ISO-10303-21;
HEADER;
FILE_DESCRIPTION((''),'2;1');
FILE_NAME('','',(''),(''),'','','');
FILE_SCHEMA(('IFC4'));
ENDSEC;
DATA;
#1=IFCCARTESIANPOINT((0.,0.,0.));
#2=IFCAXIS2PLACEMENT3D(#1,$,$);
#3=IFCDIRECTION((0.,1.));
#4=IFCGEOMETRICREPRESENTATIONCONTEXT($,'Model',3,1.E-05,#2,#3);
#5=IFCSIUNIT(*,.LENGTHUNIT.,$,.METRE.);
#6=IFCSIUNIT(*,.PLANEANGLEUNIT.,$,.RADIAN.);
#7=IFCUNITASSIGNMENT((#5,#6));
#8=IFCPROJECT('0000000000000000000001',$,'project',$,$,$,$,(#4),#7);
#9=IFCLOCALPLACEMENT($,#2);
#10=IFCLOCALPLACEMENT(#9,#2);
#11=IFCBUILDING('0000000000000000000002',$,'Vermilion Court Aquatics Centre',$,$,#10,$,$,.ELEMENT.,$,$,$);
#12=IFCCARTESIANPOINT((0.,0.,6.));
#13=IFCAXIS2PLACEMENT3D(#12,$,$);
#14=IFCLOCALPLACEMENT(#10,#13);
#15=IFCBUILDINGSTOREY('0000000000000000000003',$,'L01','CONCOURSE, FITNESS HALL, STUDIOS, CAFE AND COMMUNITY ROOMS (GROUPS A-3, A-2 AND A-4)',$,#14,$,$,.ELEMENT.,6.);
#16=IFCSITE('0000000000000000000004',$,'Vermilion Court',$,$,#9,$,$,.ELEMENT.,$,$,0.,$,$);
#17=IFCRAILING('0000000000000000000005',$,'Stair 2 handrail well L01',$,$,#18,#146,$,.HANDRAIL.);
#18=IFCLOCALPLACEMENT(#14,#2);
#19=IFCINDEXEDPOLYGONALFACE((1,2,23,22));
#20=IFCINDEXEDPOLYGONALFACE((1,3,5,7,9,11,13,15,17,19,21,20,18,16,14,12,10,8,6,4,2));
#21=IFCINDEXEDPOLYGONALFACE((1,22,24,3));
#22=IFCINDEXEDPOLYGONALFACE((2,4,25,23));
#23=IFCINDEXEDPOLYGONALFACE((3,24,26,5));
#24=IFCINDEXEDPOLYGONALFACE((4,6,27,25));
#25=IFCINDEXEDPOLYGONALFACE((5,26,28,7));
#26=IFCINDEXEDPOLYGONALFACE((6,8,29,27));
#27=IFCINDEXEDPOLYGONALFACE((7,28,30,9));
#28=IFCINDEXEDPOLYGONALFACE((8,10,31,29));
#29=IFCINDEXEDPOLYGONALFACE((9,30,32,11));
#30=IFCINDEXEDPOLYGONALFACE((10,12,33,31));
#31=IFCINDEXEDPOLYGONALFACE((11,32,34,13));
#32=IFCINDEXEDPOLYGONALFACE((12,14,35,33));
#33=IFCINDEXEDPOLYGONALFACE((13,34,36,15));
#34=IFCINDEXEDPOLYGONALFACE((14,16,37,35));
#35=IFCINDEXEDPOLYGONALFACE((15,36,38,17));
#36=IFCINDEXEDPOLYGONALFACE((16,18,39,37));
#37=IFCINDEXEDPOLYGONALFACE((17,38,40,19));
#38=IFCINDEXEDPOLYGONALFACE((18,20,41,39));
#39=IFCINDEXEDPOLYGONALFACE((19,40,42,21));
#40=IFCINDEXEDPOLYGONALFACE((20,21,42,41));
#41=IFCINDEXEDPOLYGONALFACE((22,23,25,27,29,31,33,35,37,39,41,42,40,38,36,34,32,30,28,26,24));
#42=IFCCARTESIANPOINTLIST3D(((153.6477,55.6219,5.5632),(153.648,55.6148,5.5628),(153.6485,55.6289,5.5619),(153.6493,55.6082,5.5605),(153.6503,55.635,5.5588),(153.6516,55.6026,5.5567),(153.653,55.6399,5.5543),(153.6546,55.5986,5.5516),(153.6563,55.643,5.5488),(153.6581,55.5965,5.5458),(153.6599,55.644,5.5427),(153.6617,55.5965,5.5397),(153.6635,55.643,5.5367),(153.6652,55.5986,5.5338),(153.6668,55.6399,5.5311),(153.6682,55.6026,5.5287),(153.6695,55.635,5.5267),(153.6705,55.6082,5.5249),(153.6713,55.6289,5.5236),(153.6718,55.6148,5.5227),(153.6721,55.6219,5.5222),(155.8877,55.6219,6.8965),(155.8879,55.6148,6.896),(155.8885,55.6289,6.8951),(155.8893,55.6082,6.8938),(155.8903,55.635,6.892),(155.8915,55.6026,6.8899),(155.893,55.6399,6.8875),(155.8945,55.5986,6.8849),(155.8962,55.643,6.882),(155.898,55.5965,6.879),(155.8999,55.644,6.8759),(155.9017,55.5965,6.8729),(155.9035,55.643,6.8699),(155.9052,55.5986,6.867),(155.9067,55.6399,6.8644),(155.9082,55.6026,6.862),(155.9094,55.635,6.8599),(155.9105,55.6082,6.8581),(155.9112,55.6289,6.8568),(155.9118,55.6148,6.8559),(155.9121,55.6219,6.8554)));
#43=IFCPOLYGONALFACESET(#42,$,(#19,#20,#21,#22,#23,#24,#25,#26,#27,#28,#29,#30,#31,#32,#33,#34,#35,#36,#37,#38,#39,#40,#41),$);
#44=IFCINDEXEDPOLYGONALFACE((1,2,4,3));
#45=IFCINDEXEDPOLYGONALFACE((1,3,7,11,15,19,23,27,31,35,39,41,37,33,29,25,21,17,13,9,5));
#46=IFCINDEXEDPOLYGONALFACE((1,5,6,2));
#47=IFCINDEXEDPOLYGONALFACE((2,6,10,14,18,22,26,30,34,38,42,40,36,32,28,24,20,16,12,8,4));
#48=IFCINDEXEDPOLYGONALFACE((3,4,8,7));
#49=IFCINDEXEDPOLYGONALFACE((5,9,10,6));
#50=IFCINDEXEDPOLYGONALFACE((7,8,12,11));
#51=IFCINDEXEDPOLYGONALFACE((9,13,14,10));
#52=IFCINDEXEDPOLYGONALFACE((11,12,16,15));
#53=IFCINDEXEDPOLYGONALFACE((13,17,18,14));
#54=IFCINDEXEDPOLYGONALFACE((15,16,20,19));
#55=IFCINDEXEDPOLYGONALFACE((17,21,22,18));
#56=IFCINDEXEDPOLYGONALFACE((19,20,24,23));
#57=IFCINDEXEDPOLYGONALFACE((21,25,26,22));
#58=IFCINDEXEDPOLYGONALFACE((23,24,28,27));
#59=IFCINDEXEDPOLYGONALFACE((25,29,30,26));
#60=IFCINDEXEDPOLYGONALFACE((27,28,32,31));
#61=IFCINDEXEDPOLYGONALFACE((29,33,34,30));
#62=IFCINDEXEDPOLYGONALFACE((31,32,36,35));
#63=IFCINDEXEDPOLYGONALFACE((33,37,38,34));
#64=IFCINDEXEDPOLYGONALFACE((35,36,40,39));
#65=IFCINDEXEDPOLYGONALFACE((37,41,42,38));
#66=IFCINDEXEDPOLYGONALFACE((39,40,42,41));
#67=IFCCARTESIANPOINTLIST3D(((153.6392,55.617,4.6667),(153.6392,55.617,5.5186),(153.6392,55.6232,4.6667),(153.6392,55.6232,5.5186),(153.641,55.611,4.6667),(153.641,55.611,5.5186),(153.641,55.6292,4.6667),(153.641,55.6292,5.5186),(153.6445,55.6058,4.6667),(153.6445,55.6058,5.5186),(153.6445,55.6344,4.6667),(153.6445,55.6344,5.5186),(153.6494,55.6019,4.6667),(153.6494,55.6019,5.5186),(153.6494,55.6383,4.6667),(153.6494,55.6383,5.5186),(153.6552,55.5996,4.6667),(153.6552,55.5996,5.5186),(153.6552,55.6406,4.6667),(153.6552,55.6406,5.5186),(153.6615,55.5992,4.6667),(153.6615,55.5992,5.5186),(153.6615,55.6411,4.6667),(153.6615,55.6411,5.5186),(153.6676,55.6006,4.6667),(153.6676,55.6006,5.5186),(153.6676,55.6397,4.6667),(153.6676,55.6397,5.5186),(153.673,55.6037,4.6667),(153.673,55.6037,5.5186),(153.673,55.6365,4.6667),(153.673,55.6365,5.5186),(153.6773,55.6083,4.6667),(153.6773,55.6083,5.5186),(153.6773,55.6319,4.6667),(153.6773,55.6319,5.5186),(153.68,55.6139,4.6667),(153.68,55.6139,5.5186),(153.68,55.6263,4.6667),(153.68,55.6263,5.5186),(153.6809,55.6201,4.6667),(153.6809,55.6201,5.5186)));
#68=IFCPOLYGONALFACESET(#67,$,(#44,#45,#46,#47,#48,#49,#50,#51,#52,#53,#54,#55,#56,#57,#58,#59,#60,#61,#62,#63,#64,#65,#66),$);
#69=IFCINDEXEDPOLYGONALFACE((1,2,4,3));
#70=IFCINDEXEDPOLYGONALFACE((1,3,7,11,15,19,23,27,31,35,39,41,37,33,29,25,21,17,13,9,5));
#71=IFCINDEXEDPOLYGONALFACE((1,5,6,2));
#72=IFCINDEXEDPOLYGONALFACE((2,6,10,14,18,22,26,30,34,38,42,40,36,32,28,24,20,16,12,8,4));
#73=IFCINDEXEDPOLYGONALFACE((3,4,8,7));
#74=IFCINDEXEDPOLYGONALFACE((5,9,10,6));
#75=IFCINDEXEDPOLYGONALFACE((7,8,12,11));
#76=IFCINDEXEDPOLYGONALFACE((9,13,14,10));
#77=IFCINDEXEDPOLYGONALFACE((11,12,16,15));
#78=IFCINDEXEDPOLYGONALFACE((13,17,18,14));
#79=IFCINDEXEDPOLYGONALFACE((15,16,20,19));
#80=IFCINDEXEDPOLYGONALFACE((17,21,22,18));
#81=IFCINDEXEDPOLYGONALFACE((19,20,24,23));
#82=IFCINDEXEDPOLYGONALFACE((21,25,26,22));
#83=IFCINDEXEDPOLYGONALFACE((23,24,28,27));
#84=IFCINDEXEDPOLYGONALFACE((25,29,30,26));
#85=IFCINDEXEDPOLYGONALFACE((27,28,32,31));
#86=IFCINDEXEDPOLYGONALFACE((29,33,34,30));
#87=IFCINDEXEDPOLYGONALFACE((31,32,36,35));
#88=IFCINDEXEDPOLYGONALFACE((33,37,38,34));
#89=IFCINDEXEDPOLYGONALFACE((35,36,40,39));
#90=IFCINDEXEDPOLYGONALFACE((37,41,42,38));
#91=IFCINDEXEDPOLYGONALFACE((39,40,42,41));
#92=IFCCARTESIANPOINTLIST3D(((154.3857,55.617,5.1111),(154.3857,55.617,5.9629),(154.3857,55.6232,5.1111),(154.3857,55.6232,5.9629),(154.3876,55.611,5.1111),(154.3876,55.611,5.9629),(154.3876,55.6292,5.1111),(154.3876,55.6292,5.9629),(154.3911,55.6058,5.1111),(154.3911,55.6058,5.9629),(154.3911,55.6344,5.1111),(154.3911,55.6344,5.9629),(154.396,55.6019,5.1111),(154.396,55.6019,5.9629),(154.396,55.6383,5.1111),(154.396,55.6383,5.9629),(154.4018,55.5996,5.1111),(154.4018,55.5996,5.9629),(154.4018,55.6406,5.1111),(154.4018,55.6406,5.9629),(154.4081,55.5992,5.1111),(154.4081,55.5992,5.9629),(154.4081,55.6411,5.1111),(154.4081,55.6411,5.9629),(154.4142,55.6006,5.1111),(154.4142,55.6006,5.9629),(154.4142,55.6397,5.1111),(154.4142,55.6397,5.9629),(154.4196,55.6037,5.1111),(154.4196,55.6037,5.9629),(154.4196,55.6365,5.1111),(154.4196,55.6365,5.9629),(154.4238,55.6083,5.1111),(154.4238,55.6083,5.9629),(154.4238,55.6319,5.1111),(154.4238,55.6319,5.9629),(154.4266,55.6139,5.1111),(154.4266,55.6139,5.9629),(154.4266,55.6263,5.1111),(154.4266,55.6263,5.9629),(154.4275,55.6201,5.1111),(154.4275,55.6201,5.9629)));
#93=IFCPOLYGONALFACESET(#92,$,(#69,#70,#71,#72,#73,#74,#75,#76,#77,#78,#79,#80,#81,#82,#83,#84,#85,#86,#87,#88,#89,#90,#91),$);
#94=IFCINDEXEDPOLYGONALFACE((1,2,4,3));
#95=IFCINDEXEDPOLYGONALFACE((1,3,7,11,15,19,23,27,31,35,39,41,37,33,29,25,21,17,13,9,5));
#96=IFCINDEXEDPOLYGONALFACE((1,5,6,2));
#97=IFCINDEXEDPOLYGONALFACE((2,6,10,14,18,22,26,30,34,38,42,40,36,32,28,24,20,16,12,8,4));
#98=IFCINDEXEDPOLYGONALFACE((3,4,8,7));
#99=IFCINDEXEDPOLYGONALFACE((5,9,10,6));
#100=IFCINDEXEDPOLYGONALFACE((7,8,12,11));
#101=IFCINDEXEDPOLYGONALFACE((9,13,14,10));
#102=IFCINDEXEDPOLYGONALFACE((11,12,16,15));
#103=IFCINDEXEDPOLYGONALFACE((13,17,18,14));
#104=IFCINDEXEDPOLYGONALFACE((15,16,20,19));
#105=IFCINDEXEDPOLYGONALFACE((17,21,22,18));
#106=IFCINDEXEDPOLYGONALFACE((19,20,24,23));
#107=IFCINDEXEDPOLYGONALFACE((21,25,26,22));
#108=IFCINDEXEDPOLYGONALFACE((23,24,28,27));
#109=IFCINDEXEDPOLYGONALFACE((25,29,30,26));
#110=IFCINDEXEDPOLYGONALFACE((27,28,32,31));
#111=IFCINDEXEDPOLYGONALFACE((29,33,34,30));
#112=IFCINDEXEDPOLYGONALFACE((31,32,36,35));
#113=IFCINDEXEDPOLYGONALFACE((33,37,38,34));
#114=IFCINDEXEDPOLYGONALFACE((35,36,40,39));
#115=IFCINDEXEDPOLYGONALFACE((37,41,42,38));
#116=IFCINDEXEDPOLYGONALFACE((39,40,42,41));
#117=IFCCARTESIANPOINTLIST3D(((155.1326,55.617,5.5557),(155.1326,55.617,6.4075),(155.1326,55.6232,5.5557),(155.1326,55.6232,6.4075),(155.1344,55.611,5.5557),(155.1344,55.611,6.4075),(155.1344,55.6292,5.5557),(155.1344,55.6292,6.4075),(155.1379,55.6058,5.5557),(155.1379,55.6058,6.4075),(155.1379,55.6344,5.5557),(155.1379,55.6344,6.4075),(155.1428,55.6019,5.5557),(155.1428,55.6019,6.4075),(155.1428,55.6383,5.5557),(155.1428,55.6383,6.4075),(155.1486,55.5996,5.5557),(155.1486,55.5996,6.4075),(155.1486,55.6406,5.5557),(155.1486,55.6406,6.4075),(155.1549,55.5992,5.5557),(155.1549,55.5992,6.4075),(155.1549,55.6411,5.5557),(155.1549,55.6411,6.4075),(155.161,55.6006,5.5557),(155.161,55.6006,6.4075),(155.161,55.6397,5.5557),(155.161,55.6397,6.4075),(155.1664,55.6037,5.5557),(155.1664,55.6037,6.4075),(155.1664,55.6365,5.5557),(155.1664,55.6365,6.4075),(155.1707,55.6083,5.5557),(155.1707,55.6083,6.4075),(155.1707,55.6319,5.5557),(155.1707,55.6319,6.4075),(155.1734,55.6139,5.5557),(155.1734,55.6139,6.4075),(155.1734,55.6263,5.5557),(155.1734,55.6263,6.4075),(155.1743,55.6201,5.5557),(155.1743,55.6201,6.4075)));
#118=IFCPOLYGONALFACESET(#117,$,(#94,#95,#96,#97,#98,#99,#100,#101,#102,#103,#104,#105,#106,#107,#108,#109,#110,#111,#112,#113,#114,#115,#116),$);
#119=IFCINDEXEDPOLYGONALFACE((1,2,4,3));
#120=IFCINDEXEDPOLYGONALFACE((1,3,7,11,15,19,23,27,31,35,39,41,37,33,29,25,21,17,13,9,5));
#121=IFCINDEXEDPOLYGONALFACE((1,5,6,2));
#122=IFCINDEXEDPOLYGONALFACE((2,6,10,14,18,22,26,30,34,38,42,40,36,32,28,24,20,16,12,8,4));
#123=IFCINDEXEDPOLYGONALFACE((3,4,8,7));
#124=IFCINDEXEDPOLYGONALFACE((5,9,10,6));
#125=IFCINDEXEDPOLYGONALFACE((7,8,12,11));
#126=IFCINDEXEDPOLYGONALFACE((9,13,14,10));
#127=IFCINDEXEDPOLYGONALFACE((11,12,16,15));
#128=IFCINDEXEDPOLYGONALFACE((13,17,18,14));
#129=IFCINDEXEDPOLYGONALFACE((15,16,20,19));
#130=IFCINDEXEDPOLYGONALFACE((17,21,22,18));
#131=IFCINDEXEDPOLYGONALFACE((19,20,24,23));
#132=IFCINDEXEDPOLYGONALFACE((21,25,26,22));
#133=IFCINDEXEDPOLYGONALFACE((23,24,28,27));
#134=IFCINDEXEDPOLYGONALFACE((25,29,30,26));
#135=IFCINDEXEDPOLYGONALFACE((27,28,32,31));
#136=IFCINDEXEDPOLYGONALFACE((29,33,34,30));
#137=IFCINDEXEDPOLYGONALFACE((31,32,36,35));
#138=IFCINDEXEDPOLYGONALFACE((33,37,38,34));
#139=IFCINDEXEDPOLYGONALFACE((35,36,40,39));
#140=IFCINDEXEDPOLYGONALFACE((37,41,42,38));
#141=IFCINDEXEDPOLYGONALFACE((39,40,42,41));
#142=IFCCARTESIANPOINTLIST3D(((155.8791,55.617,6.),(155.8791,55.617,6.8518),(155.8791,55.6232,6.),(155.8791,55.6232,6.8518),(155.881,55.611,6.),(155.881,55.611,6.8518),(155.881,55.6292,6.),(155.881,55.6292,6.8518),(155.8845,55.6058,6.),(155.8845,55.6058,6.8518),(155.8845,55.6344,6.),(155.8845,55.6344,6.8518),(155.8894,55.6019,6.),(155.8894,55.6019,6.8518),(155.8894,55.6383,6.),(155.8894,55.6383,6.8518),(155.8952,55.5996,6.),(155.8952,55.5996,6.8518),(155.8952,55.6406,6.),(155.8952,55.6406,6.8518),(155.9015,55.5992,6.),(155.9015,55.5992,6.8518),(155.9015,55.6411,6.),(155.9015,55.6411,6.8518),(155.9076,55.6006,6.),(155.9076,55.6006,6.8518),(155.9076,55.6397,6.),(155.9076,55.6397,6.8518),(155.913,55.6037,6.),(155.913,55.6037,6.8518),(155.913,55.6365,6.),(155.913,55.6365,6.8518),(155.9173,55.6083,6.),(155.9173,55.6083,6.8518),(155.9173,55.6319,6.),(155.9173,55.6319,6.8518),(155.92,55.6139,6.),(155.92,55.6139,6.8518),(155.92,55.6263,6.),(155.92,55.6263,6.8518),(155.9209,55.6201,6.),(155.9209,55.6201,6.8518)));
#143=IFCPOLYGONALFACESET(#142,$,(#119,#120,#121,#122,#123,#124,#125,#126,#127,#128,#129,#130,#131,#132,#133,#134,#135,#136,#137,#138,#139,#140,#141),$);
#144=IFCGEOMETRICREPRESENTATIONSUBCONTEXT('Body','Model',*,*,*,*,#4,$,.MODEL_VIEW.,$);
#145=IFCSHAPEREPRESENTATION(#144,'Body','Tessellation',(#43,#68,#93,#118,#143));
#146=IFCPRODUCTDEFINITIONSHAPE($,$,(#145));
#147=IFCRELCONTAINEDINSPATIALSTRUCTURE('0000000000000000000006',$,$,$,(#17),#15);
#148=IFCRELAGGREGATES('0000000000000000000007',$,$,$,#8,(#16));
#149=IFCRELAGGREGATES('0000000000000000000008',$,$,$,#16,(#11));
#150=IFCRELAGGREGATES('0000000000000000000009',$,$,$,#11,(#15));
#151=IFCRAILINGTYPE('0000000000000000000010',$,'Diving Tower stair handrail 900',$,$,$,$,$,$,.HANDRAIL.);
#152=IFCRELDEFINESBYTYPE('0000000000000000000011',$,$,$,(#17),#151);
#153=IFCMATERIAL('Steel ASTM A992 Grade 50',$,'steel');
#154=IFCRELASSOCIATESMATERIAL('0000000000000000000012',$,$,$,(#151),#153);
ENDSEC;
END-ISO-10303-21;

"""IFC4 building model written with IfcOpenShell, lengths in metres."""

from ifc_helpers import new_model, si_unit, direction, frame, origin, origin_2d, place, context, subcontext, project, spatial, circle, extrude, material, type_object, element, save


model = new_model("IFC4")

# Units and contexts
model_context = context("Model", 3, precision=1e-05, world=origin(), true_north=direction((0.0, 1.0)))
body_context = subcontext(model_context, "Body", "Model", "MODEL_VIEW")
ifc_project = project(units=[si_unit("LENGTHUNIT", "METRE"), si_unit("PLANEANGLEUNIT", "RADIAN")], contexts=[model_context])

# Site, building, storey
site_placement = place(None, origin())
site = spatial("IfcSite", under=ifc_project, at=site_placement, Name="Vermilion Court", CompositionType="ELEMENT", RefElevation=0.0)
building_placement = place(site_placement, origin())
building = spatial("IfcBuilding", under=site, at=building_placement, Name="Vermilion Court Aquatics Centre", CompositionType="ELEMENT")
storey_placement = place(building_placement, frame((0.0, 0.0, 6.0)))
storey = spatial("IfcBuildingStorey", under=building, at=storey_placement, Name="L01", Description="CONCOURSE, FITNESS HALL, STUDIOS, CAFE AND COMMUNITY ROOMS (GROUPS A-3, A-2 AND A-4)", CompositionType="ELEMENT", Elevation=6.0)

# Railing
ifc_material_1 = material(Name="Steel ASTM A992 Grade 50", Category="steel")
railing_type = type_object("IfcRailingType", Name="Diving Tower stair handrail 900", PredefinedType="HANDRAIL", material=ifc_material_1)
for number, where, name in (
    (1, (153.6599, 55.6201, 4.6667), "Stair 2 handrail well L01"),
):
    element("IfcRailing", number, at=place(storey_placement, frame(where)), inside=storey, type_object=railing_type, Name=name, PredefinedType="HANDRAIL", context=body_context, shape_type="SweptSolid", body=[
        extrude(circle(Radius=0.0239, at=origin_2d()), frame((0.0, 0.0, 0.876), z_axis=(0.859306, 0.0, 0.511462), x_axis=(0.0, 1.0, 0.0)), (0.0, 0.0, 1.0), 2.6067),
        extrude(circle(Radius=0.021, at=origin_2d()), origin(), (0.0, 0.0, 1.0), 0.8518),
        extrude(circle(Radius=0.021, at=origin_2d()), frame((0.7466, 0.0, 0.4443)), (0.0, 0.0, 1.0), 0.8518),
        extrude(circle(Radius=0.021, at=origin_2d()), frame((1.4934, 0.0, 0.8889)), (0.0, 0.0, 1.0), 0.8518),
        extrude(circle(Radius=0.021, at=origin_2d()), frame((2.24, 0.0, 1.3333)), (0.0, 0.0, 1.0), 0.8518),
    ])

save(model, "model.ifc")
